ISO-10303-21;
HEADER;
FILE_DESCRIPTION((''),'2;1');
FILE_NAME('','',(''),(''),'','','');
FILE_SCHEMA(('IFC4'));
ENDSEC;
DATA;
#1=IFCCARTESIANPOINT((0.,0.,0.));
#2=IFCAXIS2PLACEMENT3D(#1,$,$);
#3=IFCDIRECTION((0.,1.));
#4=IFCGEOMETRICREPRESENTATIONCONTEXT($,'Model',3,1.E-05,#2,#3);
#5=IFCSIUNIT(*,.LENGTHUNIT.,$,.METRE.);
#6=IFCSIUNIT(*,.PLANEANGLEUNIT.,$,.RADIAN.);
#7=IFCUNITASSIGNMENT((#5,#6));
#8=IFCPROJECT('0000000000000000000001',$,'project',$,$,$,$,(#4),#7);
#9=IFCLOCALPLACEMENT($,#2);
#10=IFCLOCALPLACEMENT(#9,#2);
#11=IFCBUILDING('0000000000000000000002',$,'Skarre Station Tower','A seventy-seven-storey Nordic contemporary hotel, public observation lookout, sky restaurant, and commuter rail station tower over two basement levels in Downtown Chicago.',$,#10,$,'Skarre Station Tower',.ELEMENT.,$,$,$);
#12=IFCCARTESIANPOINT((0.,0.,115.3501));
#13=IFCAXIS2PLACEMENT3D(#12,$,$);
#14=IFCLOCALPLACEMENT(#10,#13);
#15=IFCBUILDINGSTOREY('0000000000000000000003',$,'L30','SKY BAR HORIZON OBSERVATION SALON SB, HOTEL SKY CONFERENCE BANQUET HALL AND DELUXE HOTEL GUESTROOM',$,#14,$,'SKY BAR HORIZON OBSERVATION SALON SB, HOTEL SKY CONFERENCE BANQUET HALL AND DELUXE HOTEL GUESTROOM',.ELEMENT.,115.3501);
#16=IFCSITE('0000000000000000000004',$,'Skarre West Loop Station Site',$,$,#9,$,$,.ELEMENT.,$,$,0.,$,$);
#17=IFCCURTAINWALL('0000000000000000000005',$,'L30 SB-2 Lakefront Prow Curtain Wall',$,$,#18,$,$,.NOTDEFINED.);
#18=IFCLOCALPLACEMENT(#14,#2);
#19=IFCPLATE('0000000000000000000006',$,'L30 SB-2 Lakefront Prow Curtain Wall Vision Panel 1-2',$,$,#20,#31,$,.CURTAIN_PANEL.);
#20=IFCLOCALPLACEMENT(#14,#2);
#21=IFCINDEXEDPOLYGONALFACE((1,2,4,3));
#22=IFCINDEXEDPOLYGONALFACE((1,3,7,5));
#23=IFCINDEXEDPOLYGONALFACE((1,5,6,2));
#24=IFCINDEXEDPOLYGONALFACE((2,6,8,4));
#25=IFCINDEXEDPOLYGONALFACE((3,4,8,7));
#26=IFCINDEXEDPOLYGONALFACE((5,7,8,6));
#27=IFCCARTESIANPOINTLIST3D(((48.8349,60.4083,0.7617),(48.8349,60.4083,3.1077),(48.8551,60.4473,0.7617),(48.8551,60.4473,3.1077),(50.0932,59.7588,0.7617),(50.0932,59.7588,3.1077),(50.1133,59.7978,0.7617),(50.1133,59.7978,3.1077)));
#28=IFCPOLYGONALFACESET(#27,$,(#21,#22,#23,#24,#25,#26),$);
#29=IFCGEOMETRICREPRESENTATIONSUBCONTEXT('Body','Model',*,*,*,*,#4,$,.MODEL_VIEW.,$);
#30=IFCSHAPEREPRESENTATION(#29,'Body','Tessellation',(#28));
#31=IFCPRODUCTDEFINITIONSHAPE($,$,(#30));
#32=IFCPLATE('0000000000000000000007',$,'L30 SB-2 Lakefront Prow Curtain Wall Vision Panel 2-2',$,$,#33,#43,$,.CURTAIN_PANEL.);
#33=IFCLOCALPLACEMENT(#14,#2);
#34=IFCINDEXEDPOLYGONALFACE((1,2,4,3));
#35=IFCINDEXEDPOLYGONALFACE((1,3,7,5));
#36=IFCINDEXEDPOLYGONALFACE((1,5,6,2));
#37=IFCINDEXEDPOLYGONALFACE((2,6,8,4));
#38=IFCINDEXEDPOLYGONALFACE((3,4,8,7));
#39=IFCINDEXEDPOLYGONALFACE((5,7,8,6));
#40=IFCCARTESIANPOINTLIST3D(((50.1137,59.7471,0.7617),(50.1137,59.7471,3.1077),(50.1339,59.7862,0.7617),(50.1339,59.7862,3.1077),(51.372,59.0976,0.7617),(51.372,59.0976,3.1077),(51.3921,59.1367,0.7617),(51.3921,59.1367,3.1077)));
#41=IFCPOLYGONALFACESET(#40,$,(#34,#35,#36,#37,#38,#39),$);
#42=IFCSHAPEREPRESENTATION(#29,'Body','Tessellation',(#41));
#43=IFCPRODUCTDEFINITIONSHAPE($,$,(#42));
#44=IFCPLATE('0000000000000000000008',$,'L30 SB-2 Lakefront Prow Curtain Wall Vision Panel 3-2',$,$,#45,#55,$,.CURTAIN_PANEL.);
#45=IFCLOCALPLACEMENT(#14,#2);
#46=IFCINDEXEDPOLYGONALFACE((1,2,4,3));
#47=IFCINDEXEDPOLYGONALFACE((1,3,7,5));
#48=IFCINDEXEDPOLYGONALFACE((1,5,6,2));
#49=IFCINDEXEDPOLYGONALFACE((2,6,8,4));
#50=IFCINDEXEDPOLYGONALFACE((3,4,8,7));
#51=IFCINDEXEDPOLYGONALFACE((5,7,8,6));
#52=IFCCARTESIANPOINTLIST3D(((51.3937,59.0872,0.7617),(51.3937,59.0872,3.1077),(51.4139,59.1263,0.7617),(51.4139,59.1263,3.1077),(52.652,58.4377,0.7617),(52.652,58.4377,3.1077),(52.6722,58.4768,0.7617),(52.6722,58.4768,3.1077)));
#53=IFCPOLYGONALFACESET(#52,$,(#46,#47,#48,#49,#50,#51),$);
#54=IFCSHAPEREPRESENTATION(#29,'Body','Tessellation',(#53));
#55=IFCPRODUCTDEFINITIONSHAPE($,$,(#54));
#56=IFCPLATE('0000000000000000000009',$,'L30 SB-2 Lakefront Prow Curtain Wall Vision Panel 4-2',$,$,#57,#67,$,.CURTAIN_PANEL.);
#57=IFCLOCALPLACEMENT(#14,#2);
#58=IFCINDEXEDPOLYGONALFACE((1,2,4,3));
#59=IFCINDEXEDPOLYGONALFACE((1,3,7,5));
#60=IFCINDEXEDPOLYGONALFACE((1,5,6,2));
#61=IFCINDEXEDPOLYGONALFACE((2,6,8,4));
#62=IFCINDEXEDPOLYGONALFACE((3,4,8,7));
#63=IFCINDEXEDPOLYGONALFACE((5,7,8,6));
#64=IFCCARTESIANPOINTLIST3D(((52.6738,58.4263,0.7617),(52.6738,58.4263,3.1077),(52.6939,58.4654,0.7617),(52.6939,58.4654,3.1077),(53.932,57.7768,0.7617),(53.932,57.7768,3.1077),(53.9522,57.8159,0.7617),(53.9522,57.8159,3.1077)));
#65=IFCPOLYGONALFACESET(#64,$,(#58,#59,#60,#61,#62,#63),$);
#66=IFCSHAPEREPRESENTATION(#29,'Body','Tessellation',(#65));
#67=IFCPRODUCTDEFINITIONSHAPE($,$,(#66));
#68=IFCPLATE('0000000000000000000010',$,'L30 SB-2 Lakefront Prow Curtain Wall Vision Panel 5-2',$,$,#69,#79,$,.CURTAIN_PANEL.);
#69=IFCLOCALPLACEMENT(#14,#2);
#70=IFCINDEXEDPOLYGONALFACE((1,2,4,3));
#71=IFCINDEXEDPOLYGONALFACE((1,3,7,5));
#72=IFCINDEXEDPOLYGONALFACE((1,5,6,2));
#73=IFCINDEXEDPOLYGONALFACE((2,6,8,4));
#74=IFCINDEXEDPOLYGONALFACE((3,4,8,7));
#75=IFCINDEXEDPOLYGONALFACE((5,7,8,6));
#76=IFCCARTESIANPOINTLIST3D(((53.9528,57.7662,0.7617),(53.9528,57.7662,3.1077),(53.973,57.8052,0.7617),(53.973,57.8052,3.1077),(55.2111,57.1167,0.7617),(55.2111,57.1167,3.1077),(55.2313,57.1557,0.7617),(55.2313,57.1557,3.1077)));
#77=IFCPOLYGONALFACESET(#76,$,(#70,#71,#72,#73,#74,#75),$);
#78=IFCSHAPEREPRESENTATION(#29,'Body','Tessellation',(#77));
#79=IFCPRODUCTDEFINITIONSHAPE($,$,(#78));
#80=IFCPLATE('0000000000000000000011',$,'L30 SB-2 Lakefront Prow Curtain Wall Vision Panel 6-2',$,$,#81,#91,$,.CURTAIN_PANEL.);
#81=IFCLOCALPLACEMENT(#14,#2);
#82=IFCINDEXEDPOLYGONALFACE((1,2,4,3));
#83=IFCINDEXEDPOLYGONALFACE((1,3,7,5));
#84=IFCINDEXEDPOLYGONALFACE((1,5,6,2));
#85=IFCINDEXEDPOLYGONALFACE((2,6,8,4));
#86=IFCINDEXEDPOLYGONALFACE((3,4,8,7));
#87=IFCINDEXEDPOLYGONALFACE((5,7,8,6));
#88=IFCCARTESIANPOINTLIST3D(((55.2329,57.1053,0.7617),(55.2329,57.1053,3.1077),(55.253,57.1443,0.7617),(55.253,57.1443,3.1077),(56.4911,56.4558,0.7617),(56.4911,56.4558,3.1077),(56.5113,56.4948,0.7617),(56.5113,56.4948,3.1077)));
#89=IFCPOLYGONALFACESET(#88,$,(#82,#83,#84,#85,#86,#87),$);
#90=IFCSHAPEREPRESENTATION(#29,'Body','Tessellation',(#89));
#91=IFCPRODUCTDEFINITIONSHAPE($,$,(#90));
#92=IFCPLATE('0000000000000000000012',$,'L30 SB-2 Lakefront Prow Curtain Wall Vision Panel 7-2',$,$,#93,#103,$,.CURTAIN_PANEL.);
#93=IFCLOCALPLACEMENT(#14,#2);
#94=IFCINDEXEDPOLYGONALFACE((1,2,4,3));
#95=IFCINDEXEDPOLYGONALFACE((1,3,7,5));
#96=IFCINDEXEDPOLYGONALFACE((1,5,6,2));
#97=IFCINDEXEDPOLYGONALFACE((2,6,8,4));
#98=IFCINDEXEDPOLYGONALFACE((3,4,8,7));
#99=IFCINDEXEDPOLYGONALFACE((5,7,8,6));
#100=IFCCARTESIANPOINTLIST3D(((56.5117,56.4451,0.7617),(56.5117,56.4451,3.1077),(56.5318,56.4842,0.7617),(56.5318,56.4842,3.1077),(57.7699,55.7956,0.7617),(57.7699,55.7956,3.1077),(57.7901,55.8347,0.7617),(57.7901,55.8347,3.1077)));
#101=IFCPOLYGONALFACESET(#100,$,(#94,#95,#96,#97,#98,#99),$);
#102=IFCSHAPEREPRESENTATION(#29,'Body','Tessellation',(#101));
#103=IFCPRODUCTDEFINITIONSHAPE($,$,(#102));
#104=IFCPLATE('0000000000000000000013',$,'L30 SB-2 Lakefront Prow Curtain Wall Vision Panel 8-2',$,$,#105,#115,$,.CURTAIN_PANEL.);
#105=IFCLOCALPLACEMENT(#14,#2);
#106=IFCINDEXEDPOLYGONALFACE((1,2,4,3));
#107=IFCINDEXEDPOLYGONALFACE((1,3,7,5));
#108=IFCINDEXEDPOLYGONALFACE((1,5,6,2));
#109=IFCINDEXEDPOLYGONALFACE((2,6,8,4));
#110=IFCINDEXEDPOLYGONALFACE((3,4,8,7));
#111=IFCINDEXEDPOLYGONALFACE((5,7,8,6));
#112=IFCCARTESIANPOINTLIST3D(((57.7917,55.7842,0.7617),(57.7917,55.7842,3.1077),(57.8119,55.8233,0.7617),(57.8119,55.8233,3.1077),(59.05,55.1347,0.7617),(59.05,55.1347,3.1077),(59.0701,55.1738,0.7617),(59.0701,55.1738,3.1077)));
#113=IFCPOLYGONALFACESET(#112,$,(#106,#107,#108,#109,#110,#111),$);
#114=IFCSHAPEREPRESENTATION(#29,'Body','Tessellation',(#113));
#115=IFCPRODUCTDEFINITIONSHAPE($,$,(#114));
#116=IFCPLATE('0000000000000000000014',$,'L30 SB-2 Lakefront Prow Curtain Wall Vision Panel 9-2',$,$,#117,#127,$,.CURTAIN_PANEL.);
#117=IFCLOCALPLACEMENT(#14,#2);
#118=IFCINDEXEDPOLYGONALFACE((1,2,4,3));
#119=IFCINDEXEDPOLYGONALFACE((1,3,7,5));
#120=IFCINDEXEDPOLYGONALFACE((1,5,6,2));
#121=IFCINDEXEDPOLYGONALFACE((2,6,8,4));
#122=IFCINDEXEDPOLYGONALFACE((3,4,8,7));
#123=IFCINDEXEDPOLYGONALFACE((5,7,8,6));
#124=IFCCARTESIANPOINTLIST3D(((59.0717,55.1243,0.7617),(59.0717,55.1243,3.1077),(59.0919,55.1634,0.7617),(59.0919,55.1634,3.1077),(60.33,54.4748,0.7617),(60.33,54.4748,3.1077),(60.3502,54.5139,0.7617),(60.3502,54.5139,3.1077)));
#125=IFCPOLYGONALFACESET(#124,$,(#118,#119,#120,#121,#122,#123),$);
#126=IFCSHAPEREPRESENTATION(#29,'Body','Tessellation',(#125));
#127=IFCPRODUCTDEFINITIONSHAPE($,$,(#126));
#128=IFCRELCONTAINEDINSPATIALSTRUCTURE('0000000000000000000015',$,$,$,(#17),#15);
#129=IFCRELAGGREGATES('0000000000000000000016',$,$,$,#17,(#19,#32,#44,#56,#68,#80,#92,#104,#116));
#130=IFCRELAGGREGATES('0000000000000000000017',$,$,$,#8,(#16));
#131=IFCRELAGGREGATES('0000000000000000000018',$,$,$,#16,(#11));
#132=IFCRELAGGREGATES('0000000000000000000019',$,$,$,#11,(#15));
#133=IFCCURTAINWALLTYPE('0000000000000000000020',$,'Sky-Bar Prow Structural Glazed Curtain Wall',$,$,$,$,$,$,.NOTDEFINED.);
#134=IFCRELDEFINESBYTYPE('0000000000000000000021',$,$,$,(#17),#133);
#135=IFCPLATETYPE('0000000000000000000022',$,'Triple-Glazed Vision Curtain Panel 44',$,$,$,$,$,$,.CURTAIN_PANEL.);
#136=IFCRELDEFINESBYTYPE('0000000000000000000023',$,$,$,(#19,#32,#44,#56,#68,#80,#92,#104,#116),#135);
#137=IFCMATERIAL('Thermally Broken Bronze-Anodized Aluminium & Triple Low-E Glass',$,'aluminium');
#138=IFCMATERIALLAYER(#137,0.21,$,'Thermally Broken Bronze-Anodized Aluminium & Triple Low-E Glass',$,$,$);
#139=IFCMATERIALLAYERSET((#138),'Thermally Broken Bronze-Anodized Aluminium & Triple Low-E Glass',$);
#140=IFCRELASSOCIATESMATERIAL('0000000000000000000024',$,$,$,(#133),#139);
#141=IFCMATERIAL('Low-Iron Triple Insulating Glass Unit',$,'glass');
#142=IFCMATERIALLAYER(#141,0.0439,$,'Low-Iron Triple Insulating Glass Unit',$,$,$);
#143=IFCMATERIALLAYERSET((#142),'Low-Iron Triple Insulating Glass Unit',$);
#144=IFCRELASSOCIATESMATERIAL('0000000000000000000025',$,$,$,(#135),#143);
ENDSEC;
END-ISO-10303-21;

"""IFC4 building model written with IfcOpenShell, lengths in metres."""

from ifc_helpers import new_model, si_unit, direction, frame, origin, origin_2d, place, context, subcontext, project, spatial, rectangle, extrude, material, layer, layer_set, type_object, element, aggregate, save


model = new_model("IFC4")

# Units and contexts
model_context = context("Model", 3, precision=1e-05, world=origin(), true_north=direction((0.0, 1.0)))
body_context = subcontext(model_context, "Body", "Model", "MODEL_VIEW")
ifc_project = project(units=[si_unit("LENGTHUNIT", "METRE"), si_unit("PLANEANGLEUNIT", "RADIAN")], contexts=[model_context])

# Site, building, storey
site_placement = place(None, origin())
site = spatial("IfcSite", under=ifc_project, at=site_placement, Name="Skarre West Loop Station Site", CompositionType="ELEMENT", RefElevation=0.0)
building_placement = place(site_placement, origin())
building = spatial("IfcBuilding", under=site, at=building_placement, Name="Skarre Station Tower", Description="A seventy-seven-storey Nordic contemporary hotel, public observation lookout, sky restaurant, and commuter rail station tower over two basement levels in Downtown Chicago.", LongName="Skarre Station Tower", CompositionType="ELEMENT")
storey_placement = place(building_placement, frame((0.0, 0.0, 115.3501)))
storey = spatial("IfcBuildingStorey", under=building, at=storey_placement, Name="L30", Description="SKY BAR HORIZON OBSERVATION SALON SB, HOTEL SKY CONFERENCE BANQUET HALL AND DELUXE HOTEL GUESTROOM", LongName="SKY BAR HORIZON OBSERVATION SALON SB, HOTEL SKY CONFERENCE BANQUET HALL AND DELUXE HOTEL GUESTROOM", CompositionType="ELEMENT", Elevation=115.3501)

# Curtain wall, plates
ifc_material_1 = material(Name="Thermally Broken Bronze-Anodized Aluminium & Triple Low-E Glass", Category="aluminium")
ifc_layer_1 = layer(ifc_material_1, 0.21, Name="Thermally Broken Bronze-Anodized Aluminium & Triple Low-E Glass")
ifc_layer_set_1 = layer_set([ifc_layer_1], Name="Thermally Broken Bronze-Anodized Aluminium & Triple Low-E Glass")
curtain_wall_type = type_object("IfcCurtainWallType", Name="Sky-Bar Prow Structural Glazed Curtain Wall", PredefinedType="NOTDEFINED", material=ifc_layer_set_1)
curtain_wall_placement = place(storey_placement, origin())
curtain_wall = element("IfcCurtainWall", 1, at=curtain_wall_placement, inside=storey, type_object=curtain_wall_type, Name="L30 SB-2 Lakefront Prow Curtain Wall", PredefinedType="NOTDEFINED")
ifc_material_2 = material(Name="Low-Iron Triple Insulating Glass Unit", Category="glass")
ifc_layer_2 = layer(ifc_material_2, 0.0439, Name="Low-Iron Triple Insulating Glass Unit")
ifc_layer_set_2 = layer_set([ifc_layer_2], Name="Low-Iron Triple Insulating Glass Unit")
plate_type_1 = type_object("IfcPlateType", Name="Triple-Glazed Vision Curtain Panel 44", PredefinedType="CURTAIN_PANEL", material=ifc_layer_set_2)
plate_1_placement = place(storey_placement, frame((49.4741, 60.103, 0.7617), z_axis=(0.0, 0.0, 1.0), x_axis=(0.888601, -0.458681, 0.0)))
plate_1 = element("IfcPlate", 2, at=plate_1_placement, type_object=plate_type_1, Name="L30 SB-2 Lakefront Prow Curtain Wall Vision Panel 1-2", PredefinedType="CURTAIN_PANEL", context=body_context, shape_type="SweptSolid", body=[
    extrude(rectangle(XDim=1.416, YDim=0.0439, at=origin_2d()), origin(), (0.0, 0.0, 1.0), 2.3459),
])
plate_2_placement = place(storey_placement, frame((50.7529, 59.4419, 0.7617), z_axis=(0.0, 0.0, 1.0), x_axis=(0.888601, -0.458681, 0.0)))
plate_2 = element("IfcPlate", 3, at=plate_2_placement, type_object=plate_type_1, Name="L30 SB-2 Lakefront Prow Curtain Wall Vision Panel 2-2", PredefinedType="CURTAIN_PANEL", context=body_context, shape_type="SweptSolid", body=[
    extrude(rectangle(XDim=1.416, YDim=0.0439, at=origin_2d()), origin(), (0.0, 0.0, 1.0), 2.3459),
])
plate_3_placement = place(storey_placement, frame((52.033, 58.782, 0.7617), z_axis=(0.0, 0.0, 1.0), x_axis=(0.888601, -0.458681, 0.0)))
plate_3 = element("IfcPlate", 4, at=plate_3_placement, type_object=plate_type_1, Name="L30 SB-2 Lakefront Prow Curtain Wall Vision Panel 3-2", PredefinedType="CURTAIN_PANEL", context=body_context, shape_type="SweptSolid", body=[
    extrude(rectangle(XDim=1.416, YDim=0.0439, at=origin_2d()), origin(), (0.0, 0.0, 1.0), 2.3459),
])
plate_4_placement = place(storey_placement, frame((53.313, 58.1211, 0.7617), z_axis=(0.0, 0.0, 1.0), x_axis=(0.888601, -0.458681, 0.0)))
plate_4 = element("IfcPlate", 5, at=plate_4_placement, type_object=plate_type_1, Name="L30 SB-2 Lakefront Prow Curtain Wall Vision Panel 4-2", PredefinedType="CURTAIN_PANEL", context=body_context, shape_type="SweptSolid", body=[
    extrude(rectangle(XDim=1.416, YDim=0.0439, at=origin_2d()), origin(), (0.0, 0.0, 1.0), 2.3459),
])
plate_5_placement = place(storey_placement, frame((54.592, 57.4609, 0.7617), z_axis=(0.0, 0.0, 1.0), x_axis=(0.888601, -0.458681, 0.0)))
plate_5 = element("IfcPlate", 6, at=plate_5_placement, type_object=plate_type_1, Name="L30 SB-2 Lakefront Prow Curtain Wall Vision Panel 5-2", PredefinedType="CURTAIN_PANEL", context=body_context, shape_type="SweptSolid", body=[
    extrude(rectangle(XDim=1.416, YDim=0.0439, at=origin_2d()), origin(), (0.0, 0.0, 1.0), 2.3459),
])
plate_6_placement = place(storey_placement, frame((55.8721, 56.8, 0.7617), z_axis=(0.0, 0.0, 1.0), x_axis=(0.888601, -0.458681, 0.0)))
plate_6 = element("IfcPlate", 7, at=plate_6_placement, type_object=plate_type_1, Name="L30 SB-2 Lakefront Prow Curtain Wall Vision Panel 6-2", PredefinedType="CURTAIN_PANEL", context=body_context, shape_type="SweptSolid", body=[
    extrude(rectangle(XDim=1.416, YDim=0.0439, at=origin_2d()), origin(), (0.0, 0.0, 1.0), 2.3459),
])
plate_7_placement = place(storey_placement, frame((57.1509, 56.1399, 0.7617), z_axis=(0.0, 0.0, 1.0), x_axis=(0.888601, -0.458681, 0.0)))
plate_7 = element("IfcPlate", 8, at=plate_7_placement, type_object=plate_type_1, Name="L30 SB-2 Lakefront Prow Curtain Wall Vision Panel 7-2", PredefinedType="CURTAIN_PANEL", context=body_context, shape_type="SweptSolid", body=[
    extrude(rectangle(XDim=1.416, YDim=0.0439, at=origin_2d()), origin(), (0.0, 0.0, 1.0), 2.3459),
])
plate_8_placement = place(storey_placement, frame((58.4309, 55.479, 0.7617), z_axis=(0.0, 0.0, 1.0), x_axis=(0.888601, -0.458681, 0.0)))
plate_8 = element("IfcPlate", 9, at=plate_8_placement, type_object=plate_type_1, Name="L30 SB-2 Lakefront Prow Curtain Wall Vision Panel 8-2", PredefinedType="CURTAIN_PANEL", context=body_context, shape_type="SweptSolid", body=[
    extrude(rectangle(XDim=1.416, YDim=0.0439, at=origin_2d()), origin(), (0.0, 0.0, 1.0), 2.3459),
])
plate_9_placement = place(storey_placement, frame((59.7109, 54.8191, 0.7617), z_axis=(0.0, 0.0, 1.0), x_axis=(0.888601, -0.458681, 0.0)))
plate_9 = element("IfcPlate", 10, at=plate_9_placement, type_object=plate_type_1, Name="L30 SB-2 Lakefront Prow Curtain Wall Vision Panel 9-2", PredefinedType="CURTAIN_PANEL", context=body_context, shape_type="SweptSolid", body=[
    extrude(rectangle(XDim=1.416, YDim=0.0439, at=origin_2d()), origin(), (0.0, 0.0, 1.0), 2.3459),
])
aggregate(curtain_wall, [plate_1, plate_2, plate_3, plate_4, plate_5, plate_6, plate_7, plate_8, plate_9])

save(model, "model.ifc")
